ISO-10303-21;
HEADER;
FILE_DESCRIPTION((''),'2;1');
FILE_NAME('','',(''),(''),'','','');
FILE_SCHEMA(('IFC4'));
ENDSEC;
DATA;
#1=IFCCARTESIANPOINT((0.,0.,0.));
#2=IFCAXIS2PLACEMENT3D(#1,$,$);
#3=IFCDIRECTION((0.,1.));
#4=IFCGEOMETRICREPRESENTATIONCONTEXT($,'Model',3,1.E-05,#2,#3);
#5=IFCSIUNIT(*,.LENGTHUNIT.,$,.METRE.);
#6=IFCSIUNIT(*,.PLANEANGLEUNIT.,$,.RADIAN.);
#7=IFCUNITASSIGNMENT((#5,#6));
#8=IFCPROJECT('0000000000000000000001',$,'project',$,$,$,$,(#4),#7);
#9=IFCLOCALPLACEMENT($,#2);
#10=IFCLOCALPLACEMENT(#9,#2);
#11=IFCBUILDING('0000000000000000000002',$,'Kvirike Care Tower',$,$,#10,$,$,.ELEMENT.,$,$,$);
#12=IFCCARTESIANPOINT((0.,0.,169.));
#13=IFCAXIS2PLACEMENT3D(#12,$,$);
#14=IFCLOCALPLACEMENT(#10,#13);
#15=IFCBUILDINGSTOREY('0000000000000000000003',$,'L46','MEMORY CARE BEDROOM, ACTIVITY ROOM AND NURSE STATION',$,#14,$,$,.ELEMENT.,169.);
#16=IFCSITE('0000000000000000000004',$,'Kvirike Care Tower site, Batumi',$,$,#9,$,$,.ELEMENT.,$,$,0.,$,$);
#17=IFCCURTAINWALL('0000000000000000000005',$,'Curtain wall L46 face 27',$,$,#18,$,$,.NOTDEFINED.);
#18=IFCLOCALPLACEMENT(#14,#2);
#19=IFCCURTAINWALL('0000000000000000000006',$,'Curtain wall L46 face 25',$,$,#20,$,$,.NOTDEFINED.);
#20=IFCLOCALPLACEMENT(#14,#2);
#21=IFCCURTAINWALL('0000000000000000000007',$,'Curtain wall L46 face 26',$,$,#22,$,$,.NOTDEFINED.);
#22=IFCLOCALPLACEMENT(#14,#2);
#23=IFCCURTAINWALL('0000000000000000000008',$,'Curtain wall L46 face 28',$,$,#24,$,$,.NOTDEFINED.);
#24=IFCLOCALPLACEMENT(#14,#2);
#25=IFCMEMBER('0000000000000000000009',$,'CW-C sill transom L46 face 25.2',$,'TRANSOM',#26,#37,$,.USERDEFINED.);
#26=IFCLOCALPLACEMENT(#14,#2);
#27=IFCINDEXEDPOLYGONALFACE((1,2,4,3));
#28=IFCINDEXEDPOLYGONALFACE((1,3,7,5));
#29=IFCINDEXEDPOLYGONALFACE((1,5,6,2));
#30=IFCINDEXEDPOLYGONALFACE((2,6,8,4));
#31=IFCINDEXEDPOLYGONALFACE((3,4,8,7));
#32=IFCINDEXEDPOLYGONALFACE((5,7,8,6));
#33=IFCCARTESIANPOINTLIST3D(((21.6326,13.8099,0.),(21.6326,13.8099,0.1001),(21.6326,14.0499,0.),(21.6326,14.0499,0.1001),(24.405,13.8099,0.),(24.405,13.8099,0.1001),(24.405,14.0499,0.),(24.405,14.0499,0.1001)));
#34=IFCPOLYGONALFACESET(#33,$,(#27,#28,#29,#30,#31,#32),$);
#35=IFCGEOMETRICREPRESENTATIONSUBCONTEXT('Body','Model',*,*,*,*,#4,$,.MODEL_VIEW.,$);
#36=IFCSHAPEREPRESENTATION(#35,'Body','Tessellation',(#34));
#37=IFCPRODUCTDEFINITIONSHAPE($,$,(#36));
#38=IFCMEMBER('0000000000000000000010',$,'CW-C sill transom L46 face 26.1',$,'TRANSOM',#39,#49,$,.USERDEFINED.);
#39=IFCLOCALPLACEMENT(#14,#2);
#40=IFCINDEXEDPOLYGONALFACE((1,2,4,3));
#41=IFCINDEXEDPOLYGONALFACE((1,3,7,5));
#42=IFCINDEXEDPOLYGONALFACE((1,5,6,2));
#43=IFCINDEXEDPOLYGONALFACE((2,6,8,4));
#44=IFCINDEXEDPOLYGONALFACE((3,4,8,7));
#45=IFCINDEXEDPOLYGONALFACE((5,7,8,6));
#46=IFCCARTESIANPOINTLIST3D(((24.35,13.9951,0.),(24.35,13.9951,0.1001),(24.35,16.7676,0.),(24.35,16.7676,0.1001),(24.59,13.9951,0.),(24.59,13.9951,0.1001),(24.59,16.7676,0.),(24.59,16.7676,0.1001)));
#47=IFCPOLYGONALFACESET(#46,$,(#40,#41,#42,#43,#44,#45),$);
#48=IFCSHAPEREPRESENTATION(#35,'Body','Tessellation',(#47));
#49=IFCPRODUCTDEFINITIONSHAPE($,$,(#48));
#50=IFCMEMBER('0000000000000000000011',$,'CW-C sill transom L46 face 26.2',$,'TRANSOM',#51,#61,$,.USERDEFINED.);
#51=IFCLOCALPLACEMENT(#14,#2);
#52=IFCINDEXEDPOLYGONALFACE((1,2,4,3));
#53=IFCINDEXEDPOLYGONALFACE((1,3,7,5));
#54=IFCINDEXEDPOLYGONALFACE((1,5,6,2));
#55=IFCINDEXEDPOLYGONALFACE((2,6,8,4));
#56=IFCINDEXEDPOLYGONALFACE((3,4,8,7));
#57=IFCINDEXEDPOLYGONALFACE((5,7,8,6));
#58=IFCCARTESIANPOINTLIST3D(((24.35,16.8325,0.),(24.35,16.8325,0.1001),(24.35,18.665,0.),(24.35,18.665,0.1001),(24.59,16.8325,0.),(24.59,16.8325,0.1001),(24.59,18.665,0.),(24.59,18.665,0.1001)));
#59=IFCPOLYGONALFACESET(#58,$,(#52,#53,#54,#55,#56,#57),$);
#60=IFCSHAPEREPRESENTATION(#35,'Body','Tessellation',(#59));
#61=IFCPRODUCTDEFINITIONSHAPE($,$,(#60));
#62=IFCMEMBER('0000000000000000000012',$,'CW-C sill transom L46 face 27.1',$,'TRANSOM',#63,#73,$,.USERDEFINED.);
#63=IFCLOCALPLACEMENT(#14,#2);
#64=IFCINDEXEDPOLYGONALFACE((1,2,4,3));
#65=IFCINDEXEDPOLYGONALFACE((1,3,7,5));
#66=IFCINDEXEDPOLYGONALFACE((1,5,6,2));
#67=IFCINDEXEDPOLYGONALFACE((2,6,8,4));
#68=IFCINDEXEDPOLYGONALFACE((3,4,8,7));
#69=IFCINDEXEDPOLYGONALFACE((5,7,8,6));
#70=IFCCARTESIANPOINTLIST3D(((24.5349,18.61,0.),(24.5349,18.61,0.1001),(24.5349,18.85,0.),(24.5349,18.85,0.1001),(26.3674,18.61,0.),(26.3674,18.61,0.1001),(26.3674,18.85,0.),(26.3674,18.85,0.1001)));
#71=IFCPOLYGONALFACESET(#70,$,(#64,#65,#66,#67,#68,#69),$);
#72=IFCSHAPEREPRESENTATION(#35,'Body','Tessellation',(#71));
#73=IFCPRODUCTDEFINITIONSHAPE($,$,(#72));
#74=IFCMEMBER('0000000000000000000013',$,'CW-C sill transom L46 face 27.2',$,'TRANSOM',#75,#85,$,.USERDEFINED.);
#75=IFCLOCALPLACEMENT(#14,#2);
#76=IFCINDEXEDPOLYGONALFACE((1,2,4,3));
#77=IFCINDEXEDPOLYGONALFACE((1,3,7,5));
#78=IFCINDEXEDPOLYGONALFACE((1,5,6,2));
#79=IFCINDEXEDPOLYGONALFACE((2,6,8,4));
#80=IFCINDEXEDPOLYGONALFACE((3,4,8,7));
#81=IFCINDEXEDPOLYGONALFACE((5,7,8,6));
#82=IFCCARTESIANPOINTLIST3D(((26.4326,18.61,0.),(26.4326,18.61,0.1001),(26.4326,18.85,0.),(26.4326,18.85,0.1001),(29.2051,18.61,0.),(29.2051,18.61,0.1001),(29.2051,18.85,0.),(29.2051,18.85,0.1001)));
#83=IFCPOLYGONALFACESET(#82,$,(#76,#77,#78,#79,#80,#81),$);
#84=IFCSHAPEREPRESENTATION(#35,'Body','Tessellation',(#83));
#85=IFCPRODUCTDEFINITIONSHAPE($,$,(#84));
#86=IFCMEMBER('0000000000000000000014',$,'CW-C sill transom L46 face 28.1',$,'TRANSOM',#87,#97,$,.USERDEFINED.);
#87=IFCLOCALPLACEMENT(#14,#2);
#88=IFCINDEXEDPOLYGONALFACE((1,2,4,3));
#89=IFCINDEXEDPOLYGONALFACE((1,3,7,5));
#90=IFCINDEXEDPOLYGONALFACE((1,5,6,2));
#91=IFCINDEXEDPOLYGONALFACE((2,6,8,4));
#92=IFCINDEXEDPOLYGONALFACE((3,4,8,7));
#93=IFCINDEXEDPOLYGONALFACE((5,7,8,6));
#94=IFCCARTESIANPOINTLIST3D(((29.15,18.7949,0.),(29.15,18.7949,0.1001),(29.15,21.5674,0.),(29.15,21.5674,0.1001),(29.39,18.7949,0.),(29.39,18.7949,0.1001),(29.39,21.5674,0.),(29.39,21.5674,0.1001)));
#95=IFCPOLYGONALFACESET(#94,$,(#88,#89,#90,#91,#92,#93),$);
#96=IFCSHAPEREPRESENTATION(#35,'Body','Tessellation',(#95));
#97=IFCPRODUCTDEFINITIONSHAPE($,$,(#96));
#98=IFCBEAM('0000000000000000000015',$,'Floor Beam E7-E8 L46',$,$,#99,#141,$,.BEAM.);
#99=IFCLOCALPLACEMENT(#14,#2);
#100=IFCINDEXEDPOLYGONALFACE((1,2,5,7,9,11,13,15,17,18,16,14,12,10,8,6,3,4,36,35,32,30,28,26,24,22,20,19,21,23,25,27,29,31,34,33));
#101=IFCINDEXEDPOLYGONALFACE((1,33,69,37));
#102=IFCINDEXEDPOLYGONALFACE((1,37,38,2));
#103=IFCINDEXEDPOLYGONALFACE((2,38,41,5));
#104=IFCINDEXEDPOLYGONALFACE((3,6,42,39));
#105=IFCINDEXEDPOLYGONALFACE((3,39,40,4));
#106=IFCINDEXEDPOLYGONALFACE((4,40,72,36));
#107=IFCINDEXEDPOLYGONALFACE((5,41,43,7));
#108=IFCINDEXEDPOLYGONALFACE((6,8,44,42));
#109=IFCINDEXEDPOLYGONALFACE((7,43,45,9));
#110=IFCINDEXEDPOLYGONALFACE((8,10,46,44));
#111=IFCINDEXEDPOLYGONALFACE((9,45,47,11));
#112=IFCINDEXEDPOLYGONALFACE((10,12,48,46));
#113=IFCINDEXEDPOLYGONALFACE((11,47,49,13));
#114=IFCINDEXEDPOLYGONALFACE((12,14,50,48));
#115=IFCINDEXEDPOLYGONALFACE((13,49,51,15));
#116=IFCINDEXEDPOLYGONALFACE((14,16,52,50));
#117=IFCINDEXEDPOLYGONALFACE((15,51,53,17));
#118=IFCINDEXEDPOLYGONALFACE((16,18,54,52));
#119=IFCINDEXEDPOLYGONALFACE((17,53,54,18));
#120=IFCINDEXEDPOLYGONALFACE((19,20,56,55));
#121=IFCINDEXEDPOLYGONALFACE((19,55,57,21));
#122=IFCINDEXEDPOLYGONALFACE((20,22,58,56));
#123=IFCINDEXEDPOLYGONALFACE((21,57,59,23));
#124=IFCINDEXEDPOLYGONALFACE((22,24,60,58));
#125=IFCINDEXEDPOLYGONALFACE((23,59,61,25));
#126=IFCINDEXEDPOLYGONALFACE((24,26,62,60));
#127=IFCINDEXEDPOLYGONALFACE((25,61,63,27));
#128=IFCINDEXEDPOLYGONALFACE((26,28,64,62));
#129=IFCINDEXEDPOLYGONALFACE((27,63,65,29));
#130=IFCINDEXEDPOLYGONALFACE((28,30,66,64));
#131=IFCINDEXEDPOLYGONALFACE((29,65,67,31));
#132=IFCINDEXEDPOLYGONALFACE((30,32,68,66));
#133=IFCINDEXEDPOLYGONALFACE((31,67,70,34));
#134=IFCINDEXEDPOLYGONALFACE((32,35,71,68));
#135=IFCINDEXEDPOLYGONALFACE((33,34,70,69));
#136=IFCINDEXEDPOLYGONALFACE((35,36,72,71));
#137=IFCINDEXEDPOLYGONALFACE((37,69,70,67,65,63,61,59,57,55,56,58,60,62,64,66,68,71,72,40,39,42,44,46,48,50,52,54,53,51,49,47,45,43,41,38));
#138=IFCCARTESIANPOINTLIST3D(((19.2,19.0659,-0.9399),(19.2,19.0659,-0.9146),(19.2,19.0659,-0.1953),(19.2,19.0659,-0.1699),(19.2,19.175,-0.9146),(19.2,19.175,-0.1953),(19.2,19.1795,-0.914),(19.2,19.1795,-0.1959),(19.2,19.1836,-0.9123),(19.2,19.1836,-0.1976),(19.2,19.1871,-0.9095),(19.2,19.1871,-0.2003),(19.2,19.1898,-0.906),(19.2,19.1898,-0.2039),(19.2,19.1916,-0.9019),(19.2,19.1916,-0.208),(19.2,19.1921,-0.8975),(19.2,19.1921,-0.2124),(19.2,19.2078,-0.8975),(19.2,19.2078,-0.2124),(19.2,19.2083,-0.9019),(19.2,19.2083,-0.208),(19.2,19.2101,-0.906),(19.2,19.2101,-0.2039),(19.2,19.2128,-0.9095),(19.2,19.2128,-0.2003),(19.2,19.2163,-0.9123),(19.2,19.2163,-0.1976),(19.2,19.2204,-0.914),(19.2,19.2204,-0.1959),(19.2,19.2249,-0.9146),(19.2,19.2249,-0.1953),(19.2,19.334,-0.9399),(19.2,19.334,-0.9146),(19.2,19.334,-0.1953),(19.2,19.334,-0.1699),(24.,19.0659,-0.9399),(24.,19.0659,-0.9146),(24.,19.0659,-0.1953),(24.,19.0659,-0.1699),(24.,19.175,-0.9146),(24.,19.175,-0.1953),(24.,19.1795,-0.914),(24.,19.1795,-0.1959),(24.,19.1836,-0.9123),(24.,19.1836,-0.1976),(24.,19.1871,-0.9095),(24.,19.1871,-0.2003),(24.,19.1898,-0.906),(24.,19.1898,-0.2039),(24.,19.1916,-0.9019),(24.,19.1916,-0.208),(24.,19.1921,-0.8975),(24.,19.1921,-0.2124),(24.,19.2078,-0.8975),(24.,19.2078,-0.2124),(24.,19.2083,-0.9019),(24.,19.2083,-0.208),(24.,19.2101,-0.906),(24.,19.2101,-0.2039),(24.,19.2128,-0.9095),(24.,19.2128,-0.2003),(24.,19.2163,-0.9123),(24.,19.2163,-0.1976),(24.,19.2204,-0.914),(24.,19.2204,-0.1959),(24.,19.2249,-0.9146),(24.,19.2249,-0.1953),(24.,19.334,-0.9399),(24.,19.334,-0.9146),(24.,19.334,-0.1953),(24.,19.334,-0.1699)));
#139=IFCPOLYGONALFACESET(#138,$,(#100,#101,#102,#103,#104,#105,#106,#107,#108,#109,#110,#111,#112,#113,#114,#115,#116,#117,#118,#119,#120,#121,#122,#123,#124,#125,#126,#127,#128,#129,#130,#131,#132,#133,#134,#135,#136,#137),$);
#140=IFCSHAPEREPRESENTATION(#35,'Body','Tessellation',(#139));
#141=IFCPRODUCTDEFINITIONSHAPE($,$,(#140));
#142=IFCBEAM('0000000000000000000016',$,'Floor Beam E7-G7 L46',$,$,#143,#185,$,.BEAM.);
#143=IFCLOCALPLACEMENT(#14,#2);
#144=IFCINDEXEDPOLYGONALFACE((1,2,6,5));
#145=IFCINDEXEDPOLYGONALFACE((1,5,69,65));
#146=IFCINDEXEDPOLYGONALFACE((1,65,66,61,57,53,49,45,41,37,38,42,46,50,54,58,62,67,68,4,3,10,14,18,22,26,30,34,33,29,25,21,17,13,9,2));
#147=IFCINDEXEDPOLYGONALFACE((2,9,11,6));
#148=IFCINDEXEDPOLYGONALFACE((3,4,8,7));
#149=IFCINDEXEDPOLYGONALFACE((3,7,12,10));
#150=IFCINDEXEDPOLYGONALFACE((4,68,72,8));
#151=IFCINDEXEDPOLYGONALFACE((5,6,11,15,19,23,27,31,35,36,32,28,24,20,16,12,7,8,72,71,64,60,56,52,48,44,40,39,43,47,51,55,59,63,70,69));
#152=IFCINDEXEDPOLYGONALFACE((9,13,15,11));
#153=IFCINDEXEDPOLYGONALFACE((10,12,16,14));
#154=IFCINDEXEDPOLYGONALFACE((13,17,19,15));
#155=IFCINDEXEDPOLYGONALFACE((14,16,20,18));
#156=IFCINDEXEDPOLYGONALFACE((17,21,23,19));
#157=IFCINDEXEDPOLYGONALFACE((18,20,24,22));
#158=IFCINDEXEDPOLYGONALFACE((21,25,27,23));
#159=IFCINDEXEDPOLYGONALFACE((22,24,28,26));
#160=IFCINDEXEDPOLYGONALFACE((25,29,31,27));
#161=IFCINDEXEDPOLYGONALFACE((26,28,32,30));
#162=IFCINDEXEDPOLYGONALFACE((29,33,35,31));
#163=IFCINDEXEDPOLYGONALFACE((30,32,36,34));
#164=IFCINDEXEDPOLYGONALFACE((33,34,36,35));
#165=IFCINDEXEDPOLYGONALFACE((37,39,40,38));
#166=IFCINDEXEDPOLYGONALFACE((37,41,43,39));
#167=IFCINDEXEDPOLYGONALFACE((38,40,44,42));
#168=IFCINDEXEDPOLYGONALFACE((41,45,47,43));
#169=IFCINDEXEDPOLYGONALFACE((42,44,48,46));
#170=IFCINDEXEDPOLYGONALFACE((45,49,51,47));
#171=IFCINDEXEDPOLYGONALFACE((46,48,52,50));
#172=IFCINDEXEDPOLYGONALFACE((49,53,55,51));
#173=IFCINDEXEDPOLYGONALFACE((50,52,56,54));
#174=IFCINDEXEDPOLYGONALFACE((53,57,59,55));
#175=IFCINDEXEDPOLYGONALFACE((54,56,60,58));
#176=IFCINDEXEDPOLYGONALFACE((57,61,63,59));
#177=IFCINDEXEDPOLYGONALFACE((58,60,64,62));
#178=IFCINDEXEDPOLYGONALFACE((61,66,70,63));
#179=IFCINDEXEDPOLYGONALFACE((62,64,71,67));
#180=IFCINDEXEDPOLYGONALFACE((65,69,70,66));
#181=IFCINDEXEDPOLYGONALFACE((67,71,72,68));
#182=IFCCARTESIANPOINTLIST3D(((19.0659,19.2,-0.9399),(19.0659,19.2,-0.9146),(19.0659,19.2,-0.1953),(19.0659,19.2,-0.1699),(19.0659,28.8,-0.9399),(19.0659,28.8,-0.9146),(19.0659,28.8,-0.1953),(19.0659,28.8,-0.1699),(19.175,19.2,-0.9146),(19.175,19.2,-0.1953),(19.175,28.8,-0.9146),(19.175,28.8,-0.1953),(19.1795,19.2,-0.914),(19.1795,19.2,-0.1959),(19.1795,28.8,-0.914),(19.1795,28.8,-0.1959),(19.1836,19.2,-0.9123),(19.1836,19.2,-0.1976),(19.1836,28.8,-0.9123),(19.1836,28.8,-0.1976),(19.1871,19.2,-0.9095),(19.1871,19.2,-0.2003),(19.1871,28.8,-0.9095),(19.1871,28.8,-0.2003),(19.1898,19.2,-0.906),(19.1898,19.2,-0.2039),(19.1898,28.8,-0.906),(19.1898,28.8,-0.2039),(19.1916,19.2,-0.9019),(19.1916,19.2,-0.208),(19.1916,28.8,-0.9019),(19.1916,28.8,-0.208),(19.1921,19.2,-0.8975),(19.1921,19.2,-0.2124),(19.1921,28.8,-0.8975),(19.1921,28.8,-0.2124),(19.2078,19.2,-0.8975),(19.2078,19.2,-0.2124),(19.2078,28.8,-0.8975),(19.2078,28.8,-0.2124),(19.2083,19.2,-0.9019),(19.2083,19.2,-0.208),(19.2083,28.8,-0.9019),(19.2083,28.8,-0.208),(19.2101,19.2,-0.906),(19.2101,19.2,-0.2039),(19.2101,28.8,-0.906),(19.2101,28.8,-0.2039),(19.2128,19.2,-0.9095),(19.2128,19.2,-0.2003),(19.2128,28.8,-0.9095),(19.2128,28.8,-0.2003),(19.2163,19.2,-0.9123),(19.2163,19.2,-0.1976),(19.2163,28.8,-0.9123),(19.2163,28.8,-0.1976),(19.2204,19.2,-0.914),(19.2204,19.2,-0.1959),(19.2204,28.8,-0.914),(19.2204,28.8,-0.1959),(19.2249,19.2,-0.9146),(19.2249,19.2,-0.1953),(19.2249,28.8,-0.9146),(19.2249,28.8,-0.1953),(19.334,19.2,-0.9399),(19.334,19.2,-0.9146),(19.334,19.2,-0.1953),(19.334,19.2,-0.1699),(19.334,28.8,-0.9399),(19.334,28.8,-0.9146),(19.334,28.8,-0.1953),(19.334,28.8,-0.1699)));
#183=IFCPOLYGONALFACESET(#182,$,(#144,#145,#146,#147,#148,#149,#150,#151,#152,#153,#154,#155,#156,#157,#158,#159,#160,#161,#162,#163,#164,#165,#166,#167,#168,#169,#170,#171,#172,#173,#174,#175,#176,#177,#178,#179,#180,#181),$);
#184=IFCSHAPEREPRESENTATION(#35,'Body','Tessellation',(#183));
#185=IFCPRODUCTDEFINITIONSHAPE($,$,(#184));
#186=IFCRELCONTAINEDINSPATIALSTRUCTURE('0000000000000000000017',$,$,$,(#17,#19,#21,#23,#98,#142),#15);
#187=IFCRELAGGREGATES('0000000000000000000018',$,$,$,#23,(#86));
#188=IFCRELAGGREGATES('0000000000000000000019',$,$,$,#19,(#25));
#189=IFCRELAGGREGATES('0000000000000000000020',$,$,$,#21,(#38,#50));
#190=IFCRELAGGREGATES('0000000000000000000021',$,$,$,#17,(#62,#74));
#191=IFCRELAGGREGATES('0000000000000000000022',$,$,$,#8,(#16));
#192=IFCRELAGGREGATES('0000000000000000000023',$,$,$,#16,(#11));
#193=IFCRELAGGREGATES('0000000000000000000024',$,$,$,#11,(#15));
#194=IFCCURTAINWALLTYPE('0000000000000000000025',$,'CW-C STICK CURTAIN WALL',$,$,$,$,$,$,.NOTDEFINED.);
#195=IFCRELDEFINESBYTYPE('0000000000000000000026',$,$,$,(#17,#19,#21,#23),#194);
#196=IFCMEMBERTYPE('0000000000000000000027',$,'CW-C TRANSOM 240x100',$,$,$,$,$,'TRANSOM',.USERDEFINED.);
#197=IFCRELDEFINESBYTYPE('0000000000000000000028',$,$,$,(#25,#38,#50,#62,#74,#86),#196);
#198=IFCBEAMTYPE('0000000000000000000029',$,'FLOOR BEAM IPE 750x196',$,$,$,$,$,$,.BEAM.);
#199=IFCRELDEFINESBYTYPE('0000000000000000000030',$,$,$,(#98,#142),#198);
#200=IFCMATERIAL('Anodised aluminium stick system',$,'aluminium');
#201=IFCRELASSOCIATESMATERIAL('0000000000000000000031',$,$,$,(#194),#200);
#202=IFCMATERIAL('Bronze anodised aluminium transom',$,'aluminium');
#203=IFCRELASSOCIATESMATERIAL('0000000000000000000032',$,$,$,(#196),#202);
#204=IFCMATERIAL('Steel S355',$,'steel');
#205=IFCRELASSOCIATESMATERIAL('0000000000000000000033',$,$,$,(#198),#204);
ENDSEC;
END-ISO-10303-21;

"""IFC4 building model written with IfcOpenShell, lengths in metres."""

from ifc_helpers import new_model, si_unit, direction, frame, origin, origin_2d, place, context, subcontext, project, spatial, rectangle, i_section, extrude, material, material_profile, profile_set, type_object, element, aggregate, save


model = new_model("IFC4")

# Units and contexts
model_context = context("Model", 3, precision=1e-05, world=origin(), true_north=direction((0.0, 1.0)))
body_context = subcontext(model_context, "Body", "Model", "MODEL_VIEW")
ifc_project = project(units=[si_unit("LENGTHUNIT", "METRE"), si_unit("PLANEANGLEUNIT", "RADIAN")], contexts=[model_context])

# Site, building, storey
site_placement = place(None, origin())
site = spatial("IfcSite", under=ifc_project, at=site_placement, Name="Kvirike Care Tower site, Batumi", CompositionType="ELEMENT", RefElevation=0.0)
building_placement = place(site_placement, origin())
building = spatial("IfcBuilding", under=site, at=building_placement, Name="Kvirike Care Tower", CompositionType="ELEMENT")
storey_placement = place(building_placement, frame((0.0, 0.0, 169.0)))
storey = spatial("IfcBuildingStorey", under=building, at=storey_placement, Name="L46", Description="MEMORY CARE BEDROOM, ACTIVITY ROOM AND NURSE STATION", CompositionType="ELEMENT", Elevation=169.0)

# Curtain wall
ifc_material_1 = material(Name="Anodised aluminium stick system", Category="aluminium")
curtain_wall_type = type_object("IfcCurtainWallType", Name="CW-C STICK CURTAIN WALL", PredefinedType="NOTDEFINED", material=ifc_material_1)
curtain_wall_1_placement = place(storey_placement, origin())
curtain_wall_1 = element("IfcCurtainWall", 1, at=curtain_wall_1_placement, inside=storey, type_object=curtain_wall_type, Name="Curtain wall L46 face 27", PredefinedType="NOTDEFINED")

# Curtain walls
curtain_wall_2_placement = place(storey_placement, origin())
curtain_wall_2 = element("IfcCurtainWall", 2, at=curtain_wall_2_placement, inside=storey, type_object=curtain_wall_type, Name="Curtain wall L46 face 25", PredefinedType="NOTDEFINED")
curtain_wall_3_placement = place(storey_placement, origin())
curtain_wall_3 = element("IfcCurtainWall", 3, at=curtain_wall_3_placement, inside=storey, type_object=curtain_wall_type, Name="Curtain wall L46 face 26", PredefinedType="NOTDEFINED")

# Curtain wall
curtain_wall_4_placement = place(storey_placement, origin())
curtain_wall_4 = element("IfcCurtainWall", 4, at=curtain_wall_4_placement, inside=storey, type_object=curtain_wall_type, Name="Curtain wall L46 face 28", PredefinedType="NOTDEFINED")

# Members
ifc_material_2 = material(Name="Bronze anodised aluminium transom", Category="aluminium")
ifc_material_profile_1 = material_profile(ifc_material_2, rectangle(XDim=0.24, YDim=0.1001, at=origin_2d()), Name="CW-C TRANSOM 240x100")
ifc_profile_set_1 = profile_set([ifc_material_profile_1], Name="Bronze anodised aluminium transom")
member_type_1 = type_object("IfcMemberType", Name="CW-C TRANSOM 240x100", ElementType="TRANSOM", PredefinedType="USERDEFINED", material=ifc_profile_set_1)
member_1_placement = place(storey_placement, frame((21.6326, 13.9299, 0.05), z_axis=(1.0, 0.0, 0.0), x_axis=(0.0, 1.0, 0.0)))
member_1 = element("IfcMember", 5, at=member_1_placement, type_object=member_type_1, Name="CW-C sill transom L46 face 25.2", ObjectType="TRANSOM", PredefinedType="USERDEFINED", context=body_context, shape_type="SweptSolid", body=[
    extrude(rectangle(XDim=0.24, YDim=0.1001, at=origin_2d()), origin(), (0.0, 0.0, 1.0), 2.7725),
])
member_2_placement = place(storey_placement, frame((24.47, 13.9951, 0.05), z_axis=(0.0, 1.0, 0.0), x_axis=(-1.0, 0.0, 0.0)))
member_2 = element("IfcMember", 6, at=member_2_placement, type_object=member_type_1, Name="CW-C sill transom L46 face 26.1", ObjectType="TRANSOM", PredefinedType="USERDEFINED", context=body_context, shape_type="SweptSolid", body=[
    extrude(rectangle(XDim=0.24, YDim=0.1001, at=origin_2d()), origin(), (0.0, 0.0, 1.0), 2.7725),
])
member_3_placement = place(storey_placement, frame((24.47, 16.8325, 0.05), z_axis=(0.0, 1.0, 0.0), x_axis=(-1.0, 0.0, 0.0)))
member_3 = element("IfcMember", 7, at=member_3_placement, type_object=member_type_1, Name="CW-C sill transom L46 face 26.2", ObjectType="TRANSOM", PredefinedType="USERDEFINED", context=body_context, shape_type="SweptSolid", body=[
    extrude(rectangle(XDim=0.24, YDim=0.1001, at=origin_2d()), origin(), (0.0, 0.0, 1.0), 1.8325),
])
member_4_placement = place(storey_placement, frame((24.5349, 18.73, 0.05), z_axis=(1.0, 0.0, 0.0), x_axis=(0.0, 1.0, 0.0)))
member_4 = element("IfcMember", 8, at=member_4_placement, type_object=member_type_1, Name="CW-C sill transom L46 face 27.1", ObjectType="TRANSOM", PredefinedType="USERDEFINED", context=body_context, shape_type="SweptSolid", body=[
    extrude(rectangle(XDim=0.24, YDim=0.1001, at=origin_2d()), origin(), (0.0, 0.0, 1.0), 1.8325),
])
member_5_placement = place(storey_placement, frame((26.4326, 18.73, 0.05), z_axis=(1.0, 0.0, 0.0), x_axis=(0.0, 1.0, 0.0)))
member_5 = element("IfcMember", 9, at=member_5_placement, type_object=member_type_1, Name="CW-C sill transom L46 face 27.2", ObjectType="TRANSOM", PredefinedType="USERDEFINED", context=body_context, shape_type="SweptSolid", body=[
    extrude(rectangle(XDim=0.24, YDim=0.1001, at=origin_2d()), origin(), (0.0, 0.0, 1.0), 2.7725),
])
member_6_placement = place(storey_placement, frame((29.27, 18.7949, 0.05), z_axis=(0.0, 1.0, 0.0), x_axis=(-1.0, 0.0, 0.0)))
member_6 = element("IfcMember", 10, at=member_6_placement, type_object=member_type_1, Name="CW-C sill transom L46 face 28.1", ObjectType="TRANSOM", PredefinedType="USERDEFINED", context=body_context, shape_type="SweptSolid", body=[
    extrude(rectangle(XDim=0.24, YDim=0.1001, at=origin_2d()), origin(), (0.0, 0.0, 1.0), 2.7725),
])
aggregate(curtain_wall_4, [member_6])

# Beams
ifc_material_3 = material(Name="Steel S355", Category="steel")
ifc_material_profile_2 = material_profile(ifc_material_3, i_section(OverallWidth=0.2681, OverallDepth=0.77, WebThickness=0.0156, FlangeThickness=0.0254, FilletRadius=0.0171, at=origin_2d()), Name="IPE 750x196")
ifc_profile_set_2 = profile_set([ifc_material_profile_2], Name="Steel S355")
beam_type_1 = type_object("IfcBeamType", Name="FLOOR BEAM IPE 750x196", PredefinedType="BEAM", material=ifc_profile_set_2)
beam_1_placement = place(storey_placement, frame((19.2, 19.2, -0.5549), z_axis=(1.0, 0.0, 0.0), x_axis=(0.0, 1.0, 0.0)))
element("IfcBeam", 11, at=beam_1_placement, inside=storey, type_object=beam_type_1, Name="Floor Beam E7-E8 L46", PredefinedType="BEAM", context=body_context, shape_type="SweptSolid", body=[
    extrude(i_section(OverallWidth=0.2681, OverallDepth=0.77, WebThickness=0.0156, FlangeThickness=0.0254, FilletRadius=0.0171, at=origin_2d()), origin(), (0.0, 0.0, 1.0), 4.8),
])
beam_2_placement = place(storey_placement, frame((19.2, 19.2, -0.5549), z_axis=(0.0, 1.0, 0.0), x_axis=(-1.0, 0.0, 0.0)))
element("IfcBeam", 12, at=beam_2_placement, inside=storey, type_object=beam_type_1, Name="Floor Beam E7-G7 L46", PredefinedType="BEAM", context=body_context, shape_type="SweptSolid", body=[
    extrude(i_section(OverallWidth=0.2681, OverallDepth=0.77, WebThickness=0.0156, FlangeThickness=0.0254, FilletRadius=0.0171, at=origin_2d()), origin(), (0.0, 0.0, 1.0), 9.6001),
])

aggregate(curtain_wall_2, [member_1])
aggregate(curtain_wall_3, [member_2, member_3])
aggregate(curtain_wall_1, [member_4, member_5])

save(model, "model.ifc")
